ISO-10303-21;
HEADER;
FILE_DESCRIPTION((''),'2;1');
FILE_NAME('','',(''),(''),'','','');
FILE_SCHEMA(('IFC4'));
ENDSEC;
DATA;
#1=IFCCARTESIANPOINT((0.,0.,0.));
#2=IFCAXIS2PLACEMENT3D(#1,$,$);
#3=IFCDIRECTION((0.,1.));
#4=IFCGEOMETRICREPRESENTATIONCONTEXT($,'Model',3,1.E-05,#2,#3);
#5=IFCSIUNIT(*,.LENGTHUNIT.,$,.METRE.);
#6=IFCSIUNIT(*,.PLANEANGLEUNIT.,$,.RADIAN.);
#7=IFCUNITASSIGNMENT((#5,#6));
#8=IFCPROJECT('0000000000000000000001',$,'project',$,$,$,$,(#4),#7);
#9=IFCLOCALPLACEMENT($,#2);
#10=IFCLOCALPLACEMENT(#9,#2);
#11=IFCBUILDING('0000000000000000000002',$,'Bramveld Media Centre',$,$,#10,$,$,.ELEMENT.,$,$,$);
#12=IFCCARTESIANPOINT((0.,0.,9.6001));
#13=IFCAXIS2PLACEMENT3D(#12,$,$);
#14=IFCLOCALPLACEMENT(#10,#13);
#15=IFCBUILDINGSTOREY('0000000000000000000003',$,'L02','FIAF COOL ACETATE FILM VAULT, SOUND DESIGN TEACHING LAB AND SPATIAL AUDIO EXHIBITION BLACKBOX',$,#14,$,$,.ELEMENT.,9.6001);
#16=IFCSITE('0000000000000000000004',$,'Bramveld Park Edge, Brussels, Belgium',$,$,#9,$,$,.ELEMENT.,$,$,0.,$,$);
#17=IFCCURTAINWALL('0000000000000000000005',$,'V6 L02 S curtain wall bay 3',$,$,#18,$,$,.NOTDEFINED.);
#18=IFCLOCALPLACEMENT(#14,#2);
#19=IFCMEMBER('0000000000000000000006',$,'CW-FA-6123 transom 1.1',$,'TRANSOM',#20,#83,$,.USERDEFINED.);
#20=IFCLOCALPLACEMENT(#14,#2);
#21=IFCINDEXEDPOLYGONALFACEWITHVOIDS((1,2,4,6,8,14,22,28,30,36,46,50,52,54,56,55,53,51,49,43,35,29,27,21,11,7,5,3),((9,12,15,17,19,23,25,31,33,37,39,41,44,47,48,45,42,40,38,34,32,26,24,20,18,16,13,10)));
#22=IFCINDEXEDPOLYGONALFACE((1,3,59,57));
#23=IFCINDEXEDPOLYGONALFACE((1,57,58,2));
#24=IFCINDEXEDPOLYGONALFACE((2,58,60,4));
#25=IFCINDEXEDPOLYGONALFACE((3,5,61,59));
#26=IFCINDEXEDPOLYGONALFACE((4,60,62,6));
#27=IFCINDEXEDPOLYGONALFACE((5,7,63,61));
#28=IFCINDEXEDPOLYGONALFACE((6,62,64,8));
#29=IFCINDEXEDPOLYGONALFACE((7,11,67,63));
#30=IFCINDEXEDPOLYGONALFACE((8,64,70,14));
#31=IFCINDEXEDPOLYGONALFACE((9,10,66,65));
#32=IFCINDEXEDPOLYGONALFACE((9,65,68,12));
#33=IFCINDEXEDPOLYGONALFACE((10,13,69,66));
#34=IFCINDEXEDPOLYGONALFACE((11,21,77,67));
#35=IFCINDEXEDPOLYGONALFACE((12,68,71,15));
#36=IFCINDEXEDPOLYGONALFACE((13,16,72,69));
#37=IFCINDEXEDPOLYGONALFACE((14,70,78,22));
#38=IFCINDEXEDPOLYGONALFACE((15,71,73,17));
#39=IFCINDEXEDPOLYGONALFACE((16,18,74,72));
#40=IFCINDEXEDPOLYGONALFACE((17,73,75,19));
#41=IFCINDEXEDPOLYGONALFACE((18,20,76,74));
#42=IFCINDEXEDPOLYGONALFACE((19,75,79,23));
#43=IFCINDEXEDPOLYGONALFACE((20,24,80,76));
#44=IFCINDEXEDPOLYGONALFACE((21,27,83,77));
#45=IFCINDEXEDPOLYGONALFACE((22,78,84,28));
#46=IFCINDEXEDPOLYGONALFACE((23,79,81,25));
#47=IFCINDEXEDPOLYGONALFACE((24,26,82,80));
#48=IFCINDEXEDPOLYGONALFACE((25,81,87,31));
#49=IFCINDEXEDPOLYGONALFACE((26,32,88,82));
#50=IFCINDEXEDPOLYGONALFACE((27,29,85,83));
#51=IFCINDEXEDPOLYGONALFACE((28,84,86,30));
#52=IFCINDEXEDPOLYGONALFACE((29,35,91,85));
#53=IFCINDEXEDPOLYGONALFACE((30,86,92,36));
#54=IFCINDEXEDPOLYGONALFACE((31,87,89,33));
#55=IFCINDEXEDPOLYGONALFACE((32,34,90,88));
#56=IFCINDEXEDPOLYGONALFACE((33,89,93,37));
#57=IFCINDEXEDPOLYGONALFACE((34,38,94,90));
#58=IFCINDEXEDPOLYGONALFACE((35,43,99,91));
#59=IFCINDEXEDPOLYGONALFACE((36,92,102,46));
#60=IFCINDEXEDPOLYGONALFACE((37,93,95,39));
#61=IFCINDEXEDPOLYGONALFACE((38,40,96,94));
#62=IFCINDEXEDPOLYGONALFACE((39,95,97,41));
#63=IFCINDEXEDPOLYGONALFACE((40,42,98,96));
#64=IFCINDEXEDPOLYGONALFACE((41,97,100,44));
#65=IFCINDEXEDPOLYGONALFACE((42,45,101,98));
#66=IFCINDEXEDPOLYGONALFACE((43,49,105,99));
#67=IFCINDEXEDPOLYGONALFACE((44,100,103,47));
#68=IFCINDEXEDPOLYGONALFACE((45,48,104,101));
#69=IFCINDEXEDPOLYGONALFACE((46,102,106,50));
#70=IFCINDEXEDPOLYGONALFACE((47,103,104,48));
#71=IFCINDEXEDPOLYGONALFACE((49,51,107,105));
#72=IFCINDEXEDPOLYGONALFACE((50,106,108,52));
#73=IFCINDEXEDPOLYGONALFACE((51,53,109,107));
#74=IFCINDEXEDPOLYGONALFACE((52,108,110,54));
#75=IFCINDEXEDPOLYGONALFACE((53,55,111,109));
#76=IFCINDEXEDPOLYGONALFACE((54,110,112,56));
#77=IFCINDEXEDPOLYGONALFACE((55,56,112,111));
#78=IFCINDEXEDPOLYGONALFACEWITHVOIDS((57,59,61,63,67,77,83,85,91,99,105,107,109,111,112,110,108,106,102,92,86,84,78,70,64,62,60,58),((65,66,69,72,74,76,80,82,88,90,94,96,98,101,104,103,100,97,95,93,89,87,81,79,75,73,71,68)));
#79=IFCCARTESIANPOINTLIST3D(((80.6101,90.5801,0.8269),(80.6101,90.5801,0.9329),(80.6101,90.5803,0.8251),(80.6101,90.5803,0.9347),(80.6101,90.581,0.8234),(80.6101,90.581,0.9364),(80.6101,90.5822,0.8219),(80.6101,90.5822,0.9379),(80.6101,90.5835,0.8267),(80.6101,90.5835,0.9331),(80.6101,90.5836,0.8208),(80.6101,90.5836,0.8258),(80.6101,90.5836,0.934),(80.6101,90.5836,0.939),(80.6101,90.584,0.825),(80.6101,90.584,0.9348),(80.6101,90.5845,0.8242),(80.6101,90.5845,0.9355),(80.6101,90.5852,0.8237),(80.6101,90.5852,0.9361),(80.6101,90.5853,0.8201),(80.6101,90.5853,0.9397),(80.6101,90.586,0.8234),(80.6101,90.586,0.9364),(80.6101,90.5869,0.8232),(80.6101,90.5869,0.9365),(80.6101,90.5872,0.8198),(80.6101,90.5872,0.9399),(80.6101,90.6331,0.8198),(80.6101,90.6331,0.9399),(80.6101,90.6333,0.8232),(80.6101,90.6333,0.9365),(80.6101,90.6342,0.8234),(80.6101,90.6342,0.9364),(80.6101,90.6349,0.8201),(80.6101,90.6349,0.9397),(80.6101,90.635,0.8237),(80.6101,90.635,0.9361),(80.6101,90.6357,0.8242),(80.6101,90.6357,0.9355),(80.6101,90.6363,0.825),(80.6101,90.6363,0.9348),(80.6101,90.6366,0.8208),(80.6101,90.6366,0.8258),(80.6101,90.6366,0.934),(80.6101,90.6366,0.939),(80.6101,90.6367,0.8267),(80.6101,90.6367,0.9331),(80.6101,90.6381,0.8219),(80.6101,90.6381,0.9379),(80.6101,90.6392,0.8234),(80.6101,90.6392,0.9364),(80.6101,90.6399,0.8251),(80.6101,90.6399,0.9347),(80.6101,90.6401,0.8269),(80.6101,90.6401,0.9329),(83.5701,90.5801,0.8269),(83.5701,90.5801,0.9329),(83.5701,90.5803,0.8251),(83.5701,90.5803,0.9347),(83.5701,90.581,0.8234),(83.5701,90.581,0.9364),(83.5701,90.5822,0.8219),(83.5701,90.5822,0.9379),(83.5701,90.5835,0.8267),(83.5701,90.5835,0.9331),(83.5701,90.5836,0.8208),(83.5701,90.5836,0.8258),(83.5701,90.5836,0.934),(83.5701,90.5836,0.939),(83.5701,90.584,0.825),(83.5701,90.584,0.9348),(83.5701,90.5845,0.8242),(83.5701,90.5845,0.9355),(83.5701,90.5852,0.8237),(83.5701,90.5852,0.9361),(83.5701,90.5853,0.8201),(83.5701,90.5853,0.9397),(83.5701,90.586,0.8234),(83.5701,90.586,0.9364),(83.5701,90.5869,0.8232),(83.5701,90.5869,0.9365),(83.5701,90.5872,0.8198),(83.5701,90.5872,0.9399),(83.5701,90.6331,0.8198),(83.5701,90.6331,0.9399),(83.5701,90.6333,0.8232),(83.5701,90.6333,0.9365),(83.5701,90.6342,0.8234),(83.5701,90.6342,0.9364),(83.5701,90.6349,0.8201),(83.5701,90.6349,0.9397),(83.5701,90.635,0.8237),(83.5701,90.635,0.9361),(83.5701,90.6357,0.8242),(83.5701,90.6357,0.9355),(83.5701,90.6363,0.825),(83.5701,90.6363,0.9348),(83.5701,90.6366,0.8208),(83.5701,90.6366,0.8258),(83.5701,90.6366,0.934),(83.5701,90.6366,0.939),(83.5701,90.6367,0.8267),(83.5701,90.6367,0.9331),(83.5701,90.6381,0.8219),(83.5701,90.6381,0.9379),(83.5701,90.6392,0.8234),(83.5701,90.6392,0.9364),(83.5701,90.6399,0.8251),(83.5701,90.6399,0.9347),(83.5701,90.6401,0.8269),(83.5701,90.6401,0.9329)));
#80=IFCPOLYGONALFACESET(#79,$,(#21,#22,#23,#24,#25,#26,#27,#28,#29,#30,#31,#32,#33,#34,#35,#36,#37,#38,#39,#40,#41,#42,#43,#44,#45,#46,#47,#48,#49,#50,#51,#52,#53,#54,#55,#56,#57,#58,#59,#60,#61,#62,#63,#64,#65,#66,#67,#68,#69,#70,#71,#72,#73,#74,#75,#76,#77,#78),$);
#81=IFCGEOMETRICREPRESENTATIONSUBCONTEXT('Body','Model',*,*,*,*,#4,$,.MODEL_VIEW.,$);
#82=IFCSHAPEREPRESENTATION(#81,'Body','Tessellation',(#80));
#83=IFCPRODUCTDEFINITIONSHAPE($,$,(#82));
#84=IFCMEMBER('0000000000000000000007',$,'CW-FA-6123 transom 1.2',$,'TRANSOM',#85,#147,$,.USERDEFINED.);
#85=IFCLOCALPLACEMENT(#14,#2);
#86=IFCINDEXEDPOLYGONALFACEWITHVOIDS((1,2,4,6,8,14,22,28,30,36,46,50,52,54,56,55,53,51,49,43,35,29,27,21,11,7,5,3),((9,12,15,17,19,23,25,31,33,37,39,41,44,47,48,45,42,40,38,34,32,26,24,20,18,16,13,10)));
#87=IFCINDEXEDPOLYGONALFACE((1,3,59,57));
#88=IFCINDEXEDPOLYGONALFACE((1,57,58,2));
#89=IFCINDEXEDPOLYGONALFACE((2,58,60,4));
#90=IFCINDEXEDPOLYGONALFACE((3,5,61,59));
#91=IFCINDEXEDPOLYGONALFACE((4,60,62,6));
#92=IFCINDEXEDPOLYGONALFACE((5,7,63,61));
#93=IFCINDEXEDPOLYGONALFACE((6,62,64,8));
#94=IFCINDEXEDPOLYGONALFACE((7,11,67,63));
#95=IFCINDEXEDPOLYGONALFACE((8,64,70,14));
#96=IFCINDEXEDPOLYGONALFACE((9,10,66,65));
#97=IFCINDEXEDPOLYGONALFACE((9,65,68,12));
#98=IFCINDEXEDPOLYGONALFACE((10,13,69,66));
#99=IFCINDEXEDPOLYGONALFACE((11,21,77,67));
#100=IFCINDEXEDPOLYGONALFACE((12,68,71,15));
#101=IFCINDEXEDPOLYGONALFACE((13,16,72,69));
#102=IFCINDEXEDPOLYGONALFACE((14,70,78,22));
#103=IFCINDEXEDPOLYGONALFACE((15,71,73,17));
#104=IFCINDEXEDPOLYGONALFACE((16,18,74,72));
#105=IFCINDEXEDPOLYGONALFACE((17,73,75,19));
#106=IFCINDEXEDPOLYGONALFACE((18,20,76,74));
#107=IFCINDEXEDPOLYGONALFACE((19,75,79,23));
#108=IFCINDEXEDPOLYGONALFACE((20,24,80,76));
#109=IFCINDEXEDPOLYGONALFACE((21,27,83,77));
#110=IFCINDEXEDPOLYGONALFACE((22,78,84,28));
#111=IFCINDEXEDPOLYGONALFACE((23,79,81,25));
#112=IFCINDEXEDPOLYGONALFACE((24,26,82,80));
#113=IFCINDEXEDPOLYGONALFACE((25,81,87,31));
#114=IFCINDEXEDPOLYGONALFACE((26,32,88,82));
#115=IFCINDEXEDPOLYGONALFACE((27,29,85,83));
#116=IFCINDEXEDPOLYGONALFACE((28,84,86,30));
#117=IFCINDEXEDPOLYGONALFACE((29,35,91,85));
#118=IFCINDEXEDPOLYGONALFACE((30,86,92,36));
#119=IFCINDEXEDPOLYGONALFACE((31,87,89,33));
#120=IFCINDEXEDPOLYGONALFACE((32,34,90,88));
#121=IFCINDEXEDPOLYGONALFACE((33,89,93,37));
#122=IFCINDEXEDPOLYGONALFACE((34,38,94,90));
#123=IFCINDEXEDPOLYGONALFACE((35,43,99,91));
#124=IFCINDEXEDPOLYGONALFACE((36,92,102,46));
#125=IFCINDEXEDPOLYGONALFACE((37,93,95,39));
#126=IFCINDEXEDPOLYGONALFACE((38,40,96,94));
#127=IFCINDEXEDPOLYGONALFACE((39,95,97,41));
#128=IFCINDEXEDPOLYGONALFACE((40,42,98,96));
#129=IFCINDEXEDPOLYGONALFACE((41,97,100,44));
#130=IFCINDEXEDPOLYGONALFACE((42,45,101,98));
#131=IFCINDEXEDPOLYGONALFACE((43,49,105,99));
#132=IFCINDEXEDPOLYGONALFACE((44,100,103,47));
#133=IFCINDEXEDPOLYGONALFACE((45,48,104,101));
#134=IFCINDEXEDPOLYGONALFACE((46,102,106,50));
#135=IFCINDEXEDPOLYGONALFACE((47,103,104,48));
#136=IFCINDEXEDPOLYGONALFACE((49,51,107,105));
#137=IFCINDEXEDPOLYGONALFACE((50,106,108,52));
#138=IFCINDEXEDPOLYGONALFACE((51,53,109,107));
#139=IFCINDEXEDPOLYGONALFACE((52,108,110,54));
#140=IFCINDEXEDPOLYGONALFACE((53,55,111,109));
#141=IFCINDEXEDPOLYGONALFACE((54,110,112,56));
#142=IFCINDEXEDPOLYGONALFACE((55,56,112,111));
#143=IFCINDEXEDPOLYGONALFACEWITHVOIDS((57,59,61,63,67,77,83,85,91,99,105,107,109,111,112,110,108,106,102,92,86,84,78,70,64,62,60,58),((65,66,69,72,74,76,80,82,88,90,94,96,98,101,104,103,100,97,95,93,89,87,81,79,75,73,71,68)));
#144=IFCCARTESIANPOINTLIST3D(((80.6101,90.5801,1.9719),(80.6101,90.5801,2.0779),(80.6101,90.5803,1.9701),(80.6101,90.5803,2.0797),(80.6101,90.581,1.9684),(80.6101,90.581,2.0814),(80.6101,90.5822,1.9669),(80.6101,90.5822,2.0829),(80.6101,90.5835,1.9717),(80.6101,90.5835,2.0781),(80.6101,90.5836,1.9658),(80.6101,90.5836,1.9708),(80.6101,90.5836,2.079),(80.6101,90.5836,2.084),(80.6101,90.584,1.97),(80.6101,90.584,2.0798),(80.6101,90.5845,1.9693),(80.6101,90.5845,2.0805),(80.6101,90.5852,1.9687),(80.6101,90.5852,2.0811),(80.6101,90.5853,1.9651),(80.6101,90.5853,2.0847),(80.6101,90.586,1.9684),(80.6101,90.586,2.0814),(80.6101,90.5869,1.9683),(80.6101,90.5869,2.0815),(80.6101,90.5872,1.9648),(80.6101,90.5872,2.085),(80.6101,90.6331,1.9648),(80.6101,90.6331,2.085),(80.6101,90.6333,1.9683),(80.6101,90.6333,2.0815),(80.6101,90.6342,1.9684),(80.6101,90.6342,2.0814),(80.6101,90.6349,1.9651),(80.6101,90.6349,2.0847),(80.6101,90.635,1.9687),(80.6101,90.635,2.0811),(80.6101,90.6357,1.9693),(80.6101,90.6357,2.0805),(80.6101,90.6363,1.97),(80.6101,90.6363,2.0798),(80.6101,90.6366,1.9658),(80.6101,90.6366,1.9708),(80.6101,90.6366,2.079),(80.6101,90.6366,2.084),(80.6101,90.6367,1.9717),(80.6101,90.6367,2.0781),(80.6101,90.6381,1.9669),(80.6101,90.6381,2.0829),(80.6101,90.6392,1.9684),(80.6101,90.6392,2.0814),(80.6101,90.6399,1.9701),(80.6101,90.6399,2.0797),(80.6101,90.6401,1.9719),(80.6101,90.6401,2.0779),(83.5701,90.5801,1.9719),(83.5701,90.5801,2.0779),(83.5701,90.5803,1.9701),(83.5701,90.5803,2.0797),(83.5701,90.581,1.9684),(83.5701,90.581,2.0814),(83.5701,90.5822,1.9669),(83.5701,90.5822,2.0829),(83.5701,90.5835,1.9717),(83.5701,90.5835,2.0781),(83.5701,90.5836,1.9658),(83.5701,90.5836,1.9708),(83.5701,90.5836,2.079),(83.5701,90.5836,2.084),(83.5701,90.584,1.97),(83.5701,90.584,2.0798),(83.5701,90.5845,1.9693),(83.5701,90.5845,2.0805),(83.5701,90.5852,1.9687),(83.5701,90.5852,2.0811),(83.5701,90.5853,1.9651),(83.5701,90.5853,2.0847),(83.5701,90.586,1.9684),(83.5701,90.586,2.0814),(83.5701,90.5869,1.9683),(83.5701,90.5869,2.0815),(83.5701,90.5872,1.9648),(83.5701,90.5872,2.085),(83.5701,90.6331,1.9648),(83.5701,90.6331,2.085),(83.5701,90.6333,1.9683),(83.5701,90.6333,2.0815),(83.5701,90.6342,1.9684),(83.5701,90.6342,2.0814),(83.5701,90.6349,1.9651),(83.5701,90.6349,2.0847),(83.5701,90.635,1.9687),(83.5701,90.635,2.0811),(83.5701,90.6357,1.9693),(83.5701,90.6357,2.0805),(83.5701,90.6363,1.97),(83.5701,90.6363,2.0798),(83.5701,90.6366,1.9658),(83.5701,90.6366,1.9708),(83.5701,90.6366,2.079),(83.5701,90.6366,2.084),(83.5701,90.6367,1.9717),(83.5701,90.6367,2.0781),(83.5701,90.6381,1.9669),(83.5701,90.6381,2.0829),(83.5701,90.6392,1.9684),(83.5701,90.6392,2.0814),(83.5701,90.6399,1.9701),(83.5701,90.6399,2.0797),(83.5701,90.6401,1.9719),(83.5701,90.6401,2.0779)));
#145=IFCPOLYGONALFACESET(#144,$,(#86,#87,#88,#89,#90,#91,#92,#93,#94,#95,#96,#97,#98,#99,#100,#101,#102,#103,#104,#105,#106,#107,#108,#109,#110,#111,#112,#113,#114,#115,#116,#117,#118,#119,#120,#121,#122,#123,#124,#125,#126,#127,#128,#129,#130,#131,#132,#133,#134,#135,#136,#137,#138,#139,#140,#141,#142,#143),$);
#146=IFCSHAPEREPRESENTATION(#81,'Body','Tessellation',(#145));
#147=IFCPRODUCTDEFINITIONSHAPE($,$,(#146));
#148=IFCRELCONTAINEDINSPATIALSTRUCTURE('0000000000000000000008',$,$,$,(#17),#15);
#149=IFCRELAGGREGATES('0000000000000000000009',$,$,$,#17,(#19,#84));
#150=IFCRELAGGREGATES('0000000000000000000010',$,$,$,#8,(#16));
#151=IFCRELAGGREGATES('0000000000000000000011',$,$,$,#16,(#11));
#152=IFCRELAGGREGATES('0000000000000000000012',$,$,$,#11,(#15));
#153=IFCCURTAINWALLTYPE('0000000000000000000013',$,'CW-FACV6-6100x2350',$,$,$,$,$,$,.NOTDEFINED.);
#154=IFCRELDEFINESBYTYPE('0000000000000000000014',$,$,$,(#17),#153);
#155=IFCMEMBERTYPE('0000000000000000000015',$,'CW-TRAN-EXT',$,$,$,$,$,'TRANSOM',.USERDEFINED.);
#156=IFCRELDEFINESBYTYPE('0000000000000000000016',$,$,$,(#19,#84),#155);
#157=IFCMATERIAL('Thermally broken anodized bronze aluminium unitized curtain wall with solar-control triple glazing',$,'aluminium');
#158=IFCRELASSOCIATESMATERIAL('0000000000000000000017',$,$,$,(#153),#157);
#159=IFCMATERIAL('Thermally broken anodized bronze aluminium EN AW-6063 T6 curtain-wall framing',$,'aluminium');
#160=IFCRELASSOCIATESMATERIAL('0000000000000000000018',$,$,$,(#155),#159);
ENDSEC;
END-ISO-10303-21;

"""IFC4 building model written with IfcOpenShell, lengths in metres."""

from ifc_helpers import new_model, si_unit, direction, frame, origin, origin_2d, place, context, subcontext, project, spatial, hollow_rectangle, extrude, material, material_profile, profile_set, type_object, element, aggregate, save


model = new_model("IFC4")

# Units and contexts
model_context = context("Model", 3, precision=1e-05, world=origin(), true_north=direction((0.0, 1.0)))
body_context = subcontext(model_context, "Body", "Model", "MODEL_VIEW")
ifc_project = project(units=[si_unit("LENGTHUNIT", "METRE"), si_unit("PLANEANGLEUNIT", "RADIAN")], contexts=[model_context])

# Site, building, storey
site_placement = place(None, origin())
site = spatial("IfcSite", under=ifc_project, at=site_placement, Name="Bramveld Park Edge, Brussels, Belgium", CompositionType="ELEMENT", RefElevation=0.0)
building_placement = place(site_placement, origin())
building = spatial("IfcBuilding", under=site, at=building_placement, Name="Bramveld Media Centre", CompositionType="ELEMENT")
storey_placement = place(building_placement, frame((0.0, 0.0, 9.6001)))
storey = spatial("IfcBuildingStorey", under=building, at=storey_placement, Name="L02", Description="FIAF COOL ACETATE FILM VAULT, SOUND DESIGN TEACHING LAB AND SPATIAL AUDIO EXHIBITION BLACKBOX", CompositionType="ELEMENT", Elevation=9.6001)

# Shared definitions
ifc_material_1 = material(Name="Thermally broken anodized bronze aluminium unitized curtain wall with solar-control triple glazing", Category="aluminium")
curtain_wall_type_1 = type_object("IfcCurtainWallType", Name="CW-FACV6-6100x2350", PredefinedType="NOTDEFINED", material=ifc_material_1)

# Curtain wall
curtain_wall_1_placement = place(storey_placement, origin())
curtain_wall_1 = element("IfcCurtainWall", 1, at=curtain_wall_1_placement, inside=storey, type_object=curtain_wall_type_1, Name="V6 L02 S curtain wall bay 3", PredefinedType="NOTDEFINED")

# Members
ifc_material_2 = material(Name="Thermally broken anodized bronze aluminium EN AW-6063 T6 curtain-wall framing", Category="aluminium")
ifc_material_profile_1 = material_profile(ifc_material_2, hollow_rectangle(XDim=0.0601, YDim=0.1201, WallThickness=0.0034, InnerFilletRadius=0.0034, OuterFilletRadius=0.0071, at=origin_2d()), Name="AL-TRAN 60x120")
ifc_profile_set_1 = profile_set([ifc_material_profile_1], Name="Thermally broken anodized bronze aluminium EN AW-6063 T6 curtain-wall framing")
member_type_1 = type_object("IfcMemberType", Name="CW-TRAN-EXT", ElementType="TRANSOM", PredefinedType="USERDEFINED", material=ifc_profile_set_1)
member_1_placement = place(storey_placement, frame((80.6101, 90.6101, 0.8799), z_axis=(1.0, 0.0, 0.0), x_axis=(0.0, 1.0, 0.0)))
member_1 = element("IfcMember", 2, at=member_1_placement, type_object=member_type_1, Name="CW-FA-6123 transom 1.1", ObjectType="TRANSOM", PredefinedType="USERDEFINED", context=body_context, shape_type="SweptSolid", body=[
    extrude(hollow_rectangle(XDim=0.0601, YDim=0.1201, WallThickness=0.0034, InnerFilletRadius=0.0034, OuterFilletRadius=0.0071, at=origin_2d()), origin(), (0.0, 0.0, 1.0), 2.96),
])
member_2_placement = place(storey_placement, frame((80.6101, 90.6101, 2.0249), z_axis=(1.0, 0.0, 0.0), x_axis=(0.0, 1.0, 0.0)))
member_2 = element("IfcMember", 3, at=member_2_placement, type_object=member_type_1, Name="CW-FA-6123 transom 1.2", ObjectType="TRANSOM", PredefinedType="USERDEFINED", context=body_context, shape_type="SweptSolid", body=[
    extrude(hollow_rectangle(XDim=0.0601, YDim=0.1201, WallThickness=0.0034, InnerFilletRadius=0.0034, OuterFilletRadius=0.0071, at=origin_2d()), origin(), (0.0, 0.0, 1.0), 2.96),
])
aggregate(curtain_wall_1, [member_1, member_2])

save(model, "model.ifc")
